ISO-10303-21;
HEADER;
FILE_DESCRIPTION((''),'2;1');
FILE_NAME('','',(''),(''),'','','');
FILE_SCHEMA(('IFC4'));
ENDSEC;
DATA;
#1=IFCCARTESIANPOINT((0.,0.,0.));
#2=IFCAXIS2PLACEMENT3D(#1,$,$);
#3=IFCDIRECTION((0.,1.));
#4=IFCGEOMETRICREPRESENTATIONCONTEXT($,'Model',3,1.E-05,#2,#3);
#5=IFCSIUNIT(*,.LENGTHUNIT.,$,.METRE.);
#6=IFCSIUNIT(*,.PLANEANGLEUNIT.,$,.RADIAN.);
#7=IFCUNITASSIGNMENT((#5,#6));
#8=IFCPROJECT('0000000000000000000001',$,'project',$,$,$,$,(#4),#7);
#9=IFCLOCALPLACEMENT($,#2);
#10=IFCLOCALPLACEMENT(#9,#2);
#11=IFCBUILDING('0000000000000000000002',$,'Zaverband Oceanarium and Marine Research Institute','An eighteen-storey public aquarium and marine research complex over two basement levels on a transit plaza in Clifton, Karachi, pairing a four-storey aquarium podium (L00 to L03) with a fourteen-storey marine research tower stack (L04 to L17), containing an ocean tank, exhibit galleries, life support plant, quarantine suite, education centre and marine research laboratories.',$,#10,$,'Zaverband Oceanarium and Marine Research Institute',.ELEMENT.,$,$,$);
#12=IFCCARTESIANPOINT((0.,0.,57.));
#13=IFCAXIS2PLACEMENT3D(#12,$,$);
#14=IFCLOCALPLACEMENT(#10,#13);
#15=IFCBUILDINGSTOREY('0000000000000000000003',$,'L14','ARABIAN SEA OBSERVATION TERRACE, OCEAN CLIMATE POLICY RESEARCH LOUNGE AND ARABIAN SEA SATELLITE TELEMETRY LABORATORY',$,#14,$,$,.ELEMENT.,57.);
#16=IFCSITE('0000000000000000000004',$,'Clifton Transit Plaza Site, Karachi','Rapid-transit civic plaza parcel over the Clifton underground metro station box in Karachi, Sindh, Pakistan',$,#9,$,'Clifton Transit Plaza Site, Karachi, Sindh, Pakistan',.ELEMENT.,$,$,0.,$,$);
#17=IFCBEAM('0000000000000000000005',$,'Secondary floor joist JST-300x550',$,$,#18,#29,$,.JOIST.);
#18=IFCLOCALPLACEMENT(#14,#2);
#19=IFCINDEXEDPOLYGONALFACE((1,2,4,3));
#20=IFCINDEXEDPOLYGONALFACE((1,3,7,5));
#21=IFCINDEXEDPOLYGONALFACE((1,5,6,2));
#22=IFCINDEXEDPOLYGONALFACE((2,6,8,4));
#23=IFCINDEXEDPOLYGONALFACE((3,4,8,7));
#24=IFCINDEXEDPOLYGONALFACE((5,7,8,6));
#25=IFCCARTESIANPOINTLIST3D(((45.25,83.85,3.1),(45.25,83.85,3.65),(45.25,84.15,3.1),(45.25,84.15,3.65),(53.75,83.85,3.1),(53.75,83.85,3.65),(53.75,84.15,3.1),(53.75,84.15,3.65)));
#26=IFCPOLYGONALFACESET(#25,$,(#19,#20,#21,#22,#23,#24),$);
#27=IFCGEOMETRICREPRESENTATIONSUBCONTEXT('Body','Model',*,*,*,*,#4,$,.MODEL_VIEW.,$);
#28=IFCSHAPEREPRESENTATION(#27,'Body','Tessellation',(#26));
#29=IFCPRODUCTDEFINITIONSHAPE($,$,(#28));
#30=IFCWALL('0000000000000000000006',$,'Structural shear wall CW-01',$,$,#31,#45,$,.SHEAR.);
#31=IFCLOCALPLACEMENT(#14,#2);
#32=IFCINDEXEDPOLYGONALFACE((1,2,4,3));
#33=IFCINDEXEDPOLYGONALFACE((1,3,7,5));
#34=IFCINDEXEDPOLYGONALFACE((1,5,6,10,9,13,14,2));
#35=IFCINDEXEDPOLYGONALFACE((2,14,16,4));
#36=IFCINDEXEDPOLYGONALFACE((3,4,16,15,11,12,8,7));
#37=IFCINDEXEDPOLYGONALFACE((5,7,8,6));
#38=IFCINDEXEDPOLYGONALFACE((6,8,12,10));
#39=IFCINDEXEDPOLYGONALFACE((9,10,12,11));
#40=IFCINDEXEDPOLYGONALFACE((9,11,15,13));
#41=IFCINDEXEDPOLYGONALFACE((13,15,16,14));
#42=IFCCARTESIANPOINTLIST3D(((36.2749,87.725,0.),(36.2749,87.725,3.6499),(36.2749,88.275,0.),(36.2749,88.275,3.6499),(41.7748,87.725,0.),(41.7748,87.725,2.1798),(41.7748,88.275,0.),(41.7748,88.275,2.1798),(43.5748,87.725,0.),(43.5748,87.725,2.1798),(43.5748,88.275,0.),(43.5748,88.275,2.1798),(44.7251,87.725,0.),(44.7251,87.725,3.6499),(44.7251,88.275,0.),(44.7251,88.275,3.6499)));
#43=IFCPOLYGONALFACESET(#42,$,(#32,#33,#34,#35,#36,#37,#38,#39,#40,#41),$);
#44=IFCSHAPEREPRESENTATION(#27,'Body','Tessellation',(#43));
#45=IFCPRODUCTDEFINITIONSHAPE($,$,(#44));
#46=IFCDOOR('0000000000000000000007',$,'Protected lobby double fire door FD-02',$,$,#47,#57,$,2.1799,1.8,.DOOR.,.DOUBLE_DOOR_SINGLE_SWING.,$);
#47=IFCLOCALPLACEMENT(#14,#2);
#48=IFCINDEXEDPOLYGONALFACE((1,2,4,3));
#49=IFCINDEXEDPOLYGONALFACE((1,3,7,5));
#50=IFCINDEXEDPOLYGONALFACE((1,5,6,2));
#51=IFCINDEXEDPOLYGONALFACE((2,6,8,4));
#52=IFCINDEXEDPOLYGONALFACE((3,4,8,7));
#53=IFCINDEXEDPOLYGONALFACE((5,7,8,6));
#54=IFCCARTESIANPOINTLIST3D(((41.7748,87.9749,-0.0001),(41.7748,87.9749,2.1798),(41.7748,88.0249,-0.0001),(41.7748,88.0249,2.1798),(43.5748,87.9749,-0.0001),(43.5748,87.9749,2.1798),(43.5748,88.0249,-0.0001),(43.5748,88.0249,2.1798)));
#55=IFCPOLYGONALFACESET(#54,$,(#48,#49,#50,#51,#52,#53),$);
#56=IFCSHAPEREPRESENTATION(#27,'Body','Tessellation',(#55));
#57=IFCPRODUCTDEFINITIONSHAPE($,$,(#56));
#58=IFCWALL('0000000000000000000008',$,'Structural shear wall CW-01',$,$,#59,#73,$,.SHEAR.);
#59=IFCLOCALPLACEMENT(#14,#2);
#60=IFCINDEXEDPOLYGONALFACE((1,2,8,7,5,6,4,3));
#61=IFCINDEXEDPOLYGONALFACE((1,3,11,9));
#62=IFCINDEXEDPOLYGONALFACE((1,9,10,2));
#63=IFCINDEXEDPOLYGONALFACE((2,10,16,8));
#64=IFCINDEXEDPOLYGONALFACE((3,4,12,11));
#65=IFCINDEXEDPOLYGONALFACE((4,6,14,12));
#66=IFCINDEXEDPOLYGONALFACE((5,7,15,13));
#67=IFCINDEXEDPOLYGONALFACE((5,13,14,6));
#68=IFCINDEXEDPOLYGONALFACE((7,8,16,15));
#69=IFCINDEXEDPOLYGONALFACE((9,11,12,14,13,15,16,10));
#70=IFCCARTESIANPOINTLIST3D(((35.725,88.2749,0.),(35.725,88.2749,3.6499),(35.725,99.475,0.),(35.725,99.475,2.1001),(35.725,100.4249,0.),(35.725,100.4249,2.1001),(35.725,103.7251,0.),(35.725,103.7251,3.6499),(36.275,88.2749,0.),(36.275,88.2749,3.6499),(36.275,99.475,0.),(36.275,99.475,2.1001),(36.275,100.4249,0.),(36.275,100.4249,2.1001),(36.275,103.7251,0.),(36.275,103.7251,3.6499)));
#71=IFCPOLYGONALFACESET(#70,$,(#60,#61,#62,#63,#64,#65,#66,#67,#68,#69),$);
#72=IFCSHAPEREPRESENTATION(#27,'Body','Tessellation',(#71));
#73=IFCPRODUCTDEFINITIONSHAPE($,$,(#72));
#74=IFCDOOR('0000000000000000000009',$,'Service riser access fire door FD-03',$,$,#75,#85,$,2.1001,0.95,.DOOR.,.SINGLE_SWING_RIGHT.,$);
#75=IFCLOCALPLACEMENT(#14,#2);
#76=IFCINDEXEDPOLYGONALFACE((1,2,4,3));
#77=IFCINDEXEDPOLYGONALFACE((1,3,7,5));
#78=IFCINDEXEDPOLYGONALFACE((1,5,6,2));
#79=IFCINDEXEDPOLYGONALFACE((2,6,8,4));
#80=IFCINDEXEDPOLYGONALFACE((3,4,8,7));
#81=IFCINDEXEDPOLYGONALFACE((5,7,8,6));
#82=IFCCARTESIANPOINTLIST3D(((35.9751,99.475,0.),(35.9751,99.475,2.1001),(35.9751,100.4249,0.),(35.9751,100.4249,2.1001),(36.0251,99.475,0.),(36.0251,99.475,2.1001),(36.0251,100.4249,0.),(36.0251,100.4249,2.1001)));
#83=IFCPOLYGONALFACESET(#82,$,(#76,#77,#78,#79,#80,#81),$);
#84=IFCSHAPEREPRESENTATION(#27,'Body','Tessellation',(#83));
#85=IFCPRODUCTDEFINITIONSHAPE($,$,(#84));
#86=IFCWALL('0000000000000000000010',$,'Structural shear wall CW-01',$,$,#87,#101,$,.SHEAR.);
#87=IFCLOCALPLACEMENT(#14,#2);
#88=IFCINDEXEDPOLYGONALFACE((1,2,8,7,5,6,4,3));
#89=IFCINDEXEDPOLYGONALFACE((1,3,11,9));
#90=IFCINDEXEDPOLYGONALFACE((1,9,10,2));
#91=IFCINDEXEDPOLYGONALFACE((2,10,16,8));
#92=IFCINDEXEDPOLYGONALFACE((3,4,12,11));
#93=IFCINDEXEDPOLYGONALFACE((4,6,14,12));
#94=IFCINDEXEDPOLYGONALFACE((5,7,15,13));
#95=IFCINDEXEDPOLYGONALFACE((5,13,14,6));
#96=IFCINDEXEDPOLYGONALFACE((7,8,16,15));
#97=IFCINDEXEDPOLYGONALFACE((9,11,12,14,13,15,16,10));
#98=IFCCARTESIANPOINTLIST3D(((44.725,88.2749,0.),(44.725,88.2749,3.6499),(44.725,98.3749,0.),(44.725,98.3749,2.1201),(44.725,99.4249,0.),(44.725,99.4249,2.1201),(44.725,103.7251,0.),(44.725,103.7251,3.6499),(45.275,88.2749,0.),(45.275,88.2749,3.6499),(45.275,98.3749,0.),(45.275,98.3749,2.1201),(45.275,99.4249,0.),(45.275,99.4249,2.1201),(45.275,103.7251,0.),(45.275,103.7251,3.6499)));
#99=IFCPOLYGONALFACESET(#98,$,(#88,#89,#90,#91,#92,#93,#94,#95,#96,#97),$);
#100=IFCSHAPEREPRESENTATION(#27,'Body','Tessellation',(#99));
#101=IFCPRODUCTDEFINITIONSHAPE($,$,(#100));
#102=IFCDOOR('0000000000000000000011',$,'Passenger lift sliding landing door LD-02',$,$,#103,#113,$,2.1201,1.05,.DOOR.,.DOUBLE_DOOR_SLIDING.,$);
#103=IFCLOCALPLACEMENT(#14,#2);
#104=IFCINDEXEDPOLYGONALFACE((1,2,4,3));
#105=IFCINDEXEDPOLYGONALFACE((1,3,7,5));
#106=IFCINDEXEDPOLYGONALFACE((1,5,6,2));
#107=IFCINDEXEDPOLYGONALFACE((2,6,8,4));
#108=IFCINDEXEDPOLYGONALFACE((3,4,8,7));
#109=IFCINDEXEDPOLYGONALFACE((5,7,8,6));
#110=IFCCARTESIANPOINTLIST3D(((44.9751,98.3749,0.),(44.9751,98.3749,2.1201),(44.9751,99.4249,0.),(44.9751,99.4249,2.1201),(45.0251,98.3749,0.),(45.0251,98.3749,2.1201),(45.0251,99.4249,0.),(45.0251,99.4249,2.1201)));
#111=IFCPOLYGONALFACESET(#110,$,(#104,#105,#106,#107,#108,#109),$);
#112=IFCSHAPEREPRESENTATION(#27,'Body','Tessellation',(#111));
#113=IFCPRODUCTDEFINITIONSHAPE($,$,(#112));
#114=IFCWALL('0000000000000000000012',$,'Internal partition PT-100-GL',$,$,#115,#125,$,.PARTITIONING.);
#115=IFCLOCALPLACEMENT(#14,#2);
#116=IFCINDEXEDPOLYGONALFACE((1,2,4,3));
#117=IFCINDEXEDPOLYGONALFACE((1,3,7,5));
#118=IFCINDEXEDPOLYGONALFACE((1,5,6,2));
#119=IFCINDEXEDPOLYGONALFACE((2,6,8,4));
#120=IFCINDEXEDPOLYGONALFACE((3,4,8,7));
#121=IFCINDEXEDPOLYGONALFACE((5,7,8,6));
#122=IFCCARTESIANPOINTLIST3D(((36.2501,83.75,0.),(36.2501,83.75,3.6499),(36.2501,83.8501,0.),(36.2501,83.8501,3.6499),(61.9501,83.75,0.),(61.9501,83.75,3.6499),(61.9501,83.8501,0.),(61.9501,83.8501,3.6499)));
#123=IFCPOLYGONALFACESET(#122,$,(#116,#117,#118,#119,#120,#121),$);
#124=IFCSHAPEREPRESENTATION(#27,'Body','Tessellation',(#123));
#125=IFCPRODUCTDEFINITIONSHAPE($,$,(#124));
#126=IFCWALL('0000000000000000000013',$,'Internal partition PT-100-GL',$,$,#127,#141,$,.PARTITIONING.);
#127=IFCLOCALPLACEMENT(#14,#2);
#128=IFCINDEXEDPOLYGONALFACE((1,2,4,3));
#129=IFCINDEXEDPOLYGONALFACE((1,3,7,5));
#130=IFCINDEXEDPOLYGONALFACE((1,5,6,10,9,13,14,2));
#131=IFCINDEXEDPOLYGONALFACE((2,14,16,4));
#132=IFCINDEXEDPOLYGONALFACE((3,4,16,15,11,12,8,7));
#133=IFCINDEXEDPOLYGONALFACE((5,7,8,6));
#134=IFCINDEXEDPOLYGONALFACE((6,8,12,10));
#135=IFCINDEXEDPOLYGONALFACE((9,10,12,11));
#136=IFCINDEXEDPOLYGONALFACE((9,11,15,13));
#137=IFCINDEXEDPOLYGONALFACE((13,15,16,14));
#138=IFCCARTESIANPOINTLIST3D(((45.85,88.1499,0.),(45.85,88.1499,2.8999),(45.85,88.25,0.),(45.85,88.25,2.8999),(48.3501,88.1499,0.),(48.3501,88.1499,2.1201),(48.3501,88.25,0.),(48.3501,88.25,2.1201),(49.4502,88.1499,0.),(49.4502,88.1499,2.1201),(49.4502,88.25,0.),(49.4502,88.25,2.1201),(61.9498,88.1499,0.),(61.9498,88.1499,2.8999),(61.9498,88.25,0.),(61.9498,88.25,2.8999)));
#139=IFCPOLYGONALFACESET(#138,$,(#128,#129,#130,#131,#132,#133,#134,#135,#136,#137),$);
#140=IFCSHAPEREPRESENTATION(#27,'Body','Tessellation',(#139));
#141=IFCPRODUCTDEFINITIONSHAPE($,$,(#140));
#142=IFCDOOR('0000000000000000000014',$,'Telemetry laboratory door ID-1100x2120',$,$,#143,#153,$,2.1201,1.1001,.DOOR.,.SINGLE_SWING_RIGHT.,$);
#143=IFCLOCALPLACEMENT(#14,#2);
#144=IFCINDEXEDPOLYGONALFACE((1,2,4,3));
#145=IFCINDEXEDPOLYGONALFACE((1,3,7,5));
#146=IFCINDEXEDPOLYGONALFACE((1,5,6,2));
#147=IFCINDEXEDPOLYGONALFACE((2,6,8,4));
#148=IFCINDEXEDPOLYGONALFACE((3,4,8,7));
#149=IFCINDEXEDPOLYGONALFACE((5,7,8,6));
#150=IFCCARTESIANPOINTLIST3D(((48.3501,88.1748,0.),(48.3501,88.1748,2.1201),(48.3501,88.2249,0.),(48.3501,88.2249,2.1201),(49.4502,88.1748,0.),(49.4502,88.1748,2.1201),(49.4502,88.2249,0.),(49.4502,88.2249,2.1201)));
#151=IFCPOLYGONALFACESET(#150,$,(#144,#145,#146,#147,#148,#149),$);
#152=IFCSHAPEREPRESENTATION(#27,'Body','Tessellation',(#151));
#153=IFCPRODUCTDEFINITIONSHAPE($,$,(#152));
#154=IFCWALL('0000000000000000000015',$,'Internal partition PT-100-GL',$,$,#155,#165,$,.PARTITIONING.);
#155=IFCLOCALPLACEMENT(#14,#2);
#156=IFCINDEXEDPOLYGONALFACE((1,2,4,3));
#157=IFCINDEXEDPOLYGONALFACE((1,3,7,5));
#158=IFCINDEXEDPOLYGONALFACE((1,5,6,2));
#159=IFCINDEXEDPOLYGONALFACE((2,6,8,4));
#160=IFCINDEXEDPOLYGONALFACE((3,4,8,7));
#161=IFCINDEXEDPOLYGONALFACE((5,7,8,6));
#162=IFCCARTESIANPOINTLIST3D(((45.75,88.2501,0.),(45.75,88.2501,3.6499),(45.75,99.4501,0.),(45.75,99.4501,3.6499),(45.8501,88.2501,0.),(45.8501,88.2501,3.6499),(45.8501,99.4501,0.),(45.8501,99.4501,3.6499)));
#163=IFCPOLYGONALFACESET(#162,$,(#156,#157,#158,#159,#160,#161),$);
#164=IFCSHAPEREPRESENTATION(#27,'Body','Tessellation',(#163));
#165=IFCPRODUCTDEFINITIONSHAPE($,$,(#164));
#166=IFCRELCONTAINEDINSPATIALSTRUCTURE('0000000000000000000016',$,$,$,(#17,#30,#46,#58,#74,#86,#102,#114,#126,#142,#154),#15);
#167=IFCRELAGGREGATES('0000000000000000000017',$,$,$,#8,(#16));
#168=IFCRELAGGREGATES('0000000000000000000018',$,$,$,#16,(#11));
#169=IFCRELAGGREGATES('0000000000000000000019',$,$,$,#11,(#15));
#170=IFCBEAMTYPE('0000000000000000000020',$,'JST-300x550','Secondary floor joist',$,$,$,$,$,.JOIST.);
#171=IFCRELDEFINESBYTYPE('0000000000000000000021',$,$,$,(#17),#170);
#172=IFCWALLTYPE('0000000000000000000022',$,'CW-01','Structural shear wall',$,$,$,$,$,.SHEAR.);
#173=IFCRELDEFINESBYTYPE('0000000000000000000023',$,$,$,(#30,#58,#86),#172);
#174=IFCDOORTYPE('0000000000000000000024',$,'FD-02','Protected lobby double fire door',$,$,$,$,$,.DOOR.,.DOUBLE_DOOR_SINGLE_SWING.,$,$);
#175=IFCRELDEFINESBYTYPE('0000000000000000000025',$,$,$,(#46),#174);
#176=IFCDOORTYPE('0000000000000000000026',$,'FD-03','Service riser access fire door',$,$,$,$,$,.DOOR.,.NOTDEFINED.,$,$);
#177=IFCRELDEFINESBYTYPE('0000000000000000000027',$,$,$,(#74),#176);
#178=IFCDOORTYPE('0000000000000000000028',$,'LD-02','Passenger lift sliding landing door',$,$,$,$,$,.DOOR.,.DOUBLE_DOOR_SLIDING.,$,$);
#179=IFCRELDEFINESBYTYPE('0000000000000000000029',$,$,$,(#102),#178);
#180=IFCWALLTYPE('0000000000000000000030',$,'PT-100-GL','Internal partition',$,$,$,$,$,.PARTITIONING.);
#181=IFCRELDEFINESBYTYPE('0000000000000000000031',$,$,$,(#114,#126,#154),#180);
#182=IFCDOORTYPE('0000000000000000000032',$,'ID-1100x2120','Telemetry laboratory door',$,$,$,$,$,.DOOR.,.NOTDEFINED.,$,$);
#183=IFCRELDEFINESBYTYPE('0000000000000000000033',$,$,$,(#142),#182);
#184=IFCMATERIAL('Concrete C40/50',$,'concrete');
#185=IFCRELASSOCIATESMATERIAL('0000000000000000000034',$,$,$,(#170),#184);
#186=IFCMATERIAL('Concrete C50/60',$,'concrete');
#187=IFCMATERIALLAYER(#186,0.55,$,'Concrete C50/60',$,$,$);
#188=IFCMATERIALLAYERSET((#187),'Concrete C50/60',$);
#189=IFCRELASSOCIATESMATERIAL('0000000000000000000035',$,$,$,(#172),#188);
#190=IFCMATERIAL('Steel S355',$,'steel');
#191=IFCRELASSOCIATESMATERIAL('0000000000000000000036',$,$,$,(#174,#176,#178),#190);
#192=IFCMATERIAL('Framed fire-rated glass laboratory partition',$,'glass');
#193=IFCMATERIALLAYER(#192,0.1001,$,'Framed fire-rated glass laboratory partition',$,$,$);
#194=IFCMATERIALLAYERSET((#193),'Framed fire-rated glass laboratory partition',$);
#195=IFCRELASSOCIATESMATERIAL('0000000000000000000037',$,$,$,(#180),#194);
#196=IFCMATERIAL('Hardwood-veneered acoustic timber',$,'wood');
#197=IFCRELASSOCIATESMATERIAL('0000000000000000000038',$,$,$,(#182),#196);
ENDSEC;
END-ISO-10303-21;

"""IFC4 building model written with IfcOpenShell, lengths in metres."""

from ifc_helpers import new_model, si_unit, direction, frame, frame_2d, origin, origin_2d, place, context, subcontext, project, spatial, rectangle, extrude, material, layer, layer_set, material_profile, profile_set, type_object, element, fill, save


model = new_model("IFC4")

# Units and contexts
model_context = context("Model", 3, precision=1e-05, world=origin(), true_north=direction((0.0, 1.0)))
body_context = subcontext(model_context, "Body", "Model", "MODEL_VIEW")
ifc_project = project(units=[si_unit("LENGTHUNIT", "METRE"), si_unit("PLANEANGLEUNIT", "RADIAN")], contexts=[model_context])

# Site, building, storey
site_placement = place(None, origin())
site = spatial("IfcSite", under=ifc_project, at=site_placement, Name="Clifton Transit Plaza Site, Karachi", Description="Rapid-transit civic plaza parcel over the Clifton underground metro station box in Karachi, Sindh, Pakistan", LongName="Clifton Transit Plaza Site, Karachi, Sindh, Pakistan", CompositionType="ELEMENT", RefElevation=0.0)
building_placement = place(site_placement, origin())
building = spatial("IfcBuilding", under=site, at=building_placement, Name="Zaverband Oceanarium and Marine Research Institute", Description="An eighteen-storey public aquarium and marine research complex over two basement levels on a transit plaza in Clifton, Karachi, pairing a four-storey aquarium podium (L00 to L03) with a fourteen-storey marine research tower stack (L04 to L17), containing an ocean tank, exhibit galleries, life support plant, quarantine suite, education centre and marine research laboratories.", LongName="Zaverband Oceanarium and Marine Research Institute", CompositionType="ELEMENT")
storey_placement = place(building_placement, frame((0.0, 0.0, 57.0)))
storey = spatial("IfcBuildingStorey", under=building, at=storey_placement, Name="L14", Description="ARABIAN SEA OBSERVATION TERRACE, OCEAN CLIMATE POLICY RESEARCH LOUNGE AND ARABIAN SEA SATELLITE TELEMETRY LABORATORY", CompositionType="ELEMENT", Elevation=57.0)

# Shared definitions
ifc_material_1 = material(Name="Concrete C50/60", Category="concrete")

# Shared definitions
ifc_material_2 = material(Name="Concrete C40/50", Category="concrete")

# Shared definitions
ifc_material_3 = material(Name="Steel S355", Category="steel")

# Beam
ifc_material_profile_1 = material_profile(ifc_material_2, rectangle(XDim=0.3, YDim=0.55, at=origin_2d()), Name="RC300x550")
ifc_profile_set_1 = profile_set([ifc_material_profile_1], Name="Concrete C40/50")
beam_type_1 = type_object("IfcBeamType", Name="JST-300x550", Description="Secondary floor joist", PredefinedType="JOIST", material=ifc_profile_set_1)
for number, where, z_axis, x_axis, name in (
    (1, (45.25, 84.0, 3.375), (1.0, 0.0, 0.0), (0.0, 1.0, 0.0), "Secondary floor joist JST-300x550"),
):
    element("IfcBeam", number, at=place(storey_placement, frame(where, z_axis=z_axis, x_axis=x_axis)), inside=storey, type_object=beam_type_1, Name=name, PredefinedType="JOIST", context=body_context, shape_type="SweptSolid", body=[
        extrude(rectangle(XDim=0.3, YDim=0.55, at=origin_2d()), origin(), (0.0, 0.0, 1.0), 8.5),
    ])

# Walls, openings, doors
ifc_layer_1 = layer(ifc_material_1, 0.55, Name="Concrete C50/60")
ifc_layer_set_1 = layer_set([ifc_layer_1], Name="Concrete C50/60")
wall_type_1 = type_object("IfcWallType", Name="CW-01", Description="Structural shear wall", PredefinedType="SHEAR", material=ifc_layer_set_1)
wall_1_placement = place(storey_placement, frame((36.2749, 88.0, 0.0), z_axis=(0.0, 0.0, 1.0), x_axis=(1.0, 0.0, 0.0)))
wall_1 = element("IfcWall", 2, at=wall_1_placement, inside=storey, type_object=wall_type_1, Name="Structural shear wall CW-01", PredefinedType="SHEAR", context=body_context, shape_type="SweptSolid", body=[
    extrude(rectangle(XDim=8.4502, YDim=0.55, at=frame_2d((4.2251, 0.0))), origin(), (0.0, 0.0, 1.0), 3.6499),
])
opening_1_placement = place(wall_1_placement, frame((5.5, 0.0, 0.0)))
opening_1 = element("IfcOpeningElement", 3, at=opening_1_placement, cuts=wall_1, PredefinedType="OPENING", context=body_context, shape_type="SweptSolid", body=[
    extrude(rectangle(XDim=1.8, YDim=2.1799, at=frame_2d((0.8999, 1.0898))), frame((0.0, 0.2871, 0.0), z_axis=(0.0, -1.0, 0.0), x_axis=(1.0, 0.0, 0.0)), (0.0, 0.0, 1.0), 0.574),
])
door_type_1 = type_object("IfcDoorType", Name="FD-02", Description="Protected lobby double fire door", OperationType="DOUBLE_DOOR_SINGLE_SWING", PredefinedType="DOOR", material=ifc_material_3)
door_1_placement = place(opening_1_placement, origin())
door_1 = element("IfcDoor", 4, at=door_1_placement, inside=storey, type_object=door_type_1, Name="Protected lobby double fire door FD-02", OperationType="DOUBLE_DOOR_SINGLE_SWING", OverallHeight=2.1799, OverallWidth=1.8, PredefinedType="DOOR", context=body_context, shape_type="SweptSolid", body=[
    extrude(rectangle(XDim=1.8, YDim=2.1799, at=frame_2d((0.8999, 1.0898))), frame((0.0, 0.0249, 0.0), z_axis=(0.0, -1.0, 0.0), x_axis=(1.0, 0.0, 0.0)), (0.0, 0.0, 1.0), 0.05),
])
fill(opening_1, door_1)
wall_2_placement = place(storey_placement, frame((36.0, 88.2749, 0.0), z_axis=(0.0, 0.0, 1.0), x_axis=(0.0, 1.0, 0.0)))
wall_2 = element("IfcWall", 5, at=wall_2_placement, inside=storey, type_object=wall_type_1, Name="Structural shear wall CW-01", PredefinedType="SHEAR", context=body_context, shape_type="SweptSolid", body=[
    extrude(rectangle(XDim=15.4502, YDim=0.55, at=frame_2d((7.7251, 0.0))), origin(), (0.0, 0.0, 1.0), 3.6499),
])
opening_2_placement = place(wall_2_placement, frame((11.2, 0.0, 0.0)))
opening_2 = element("IfcOpeningElement", 6, at=opening_2_placement, cuts=wall_2, PredefinedType="OPENING", context=body_context, shape_type="SweptSolid", body=[
    extrude(rectangle(XDim=0.95, YDim=2.1001, at=frame_2d((0.4751, 1.05))), frame((0.0, 0.2871, 0.0), z_axis=(0.0, -1.0, 0.0), x_axis=(1.0, 0.0, 0.0)), (0.0, 0.0, 1.0), 0.574),
])
door_type_2 = type_object("IfcDoorType", Name="FD-03", Description="Service riser access fire door", OperationType="NOTDEFINED", PredefinedType="DOOR", material=ifc_material_3)
door_2_placement = place(opening_2_placement, origin())
door_2 = element("IfcDoor", 7, at=door_2_placement, inside=storey, type_object=door_type_2, Name="Service riser access fire door FD-03", OperationType="SINGLE_SWING_RIGHT", OverallHeight=2.1001, OverallWidth=0.95, PredefinedType="DOOR", context=body_context, shape_type="SweptSolid", body=[
    extrude(rectangle(XDim=0.95, YDim=2.1001, at=frame_2d((0.4751, 1.05))), frame((0.0, 0.0249, 0.0), z_axis=(0.0, -1.0, 0.0), x_axis=(1.0, 0.0, 0.0)), (0.0, 0.0, 1.0), 0.05),
])
fill(opening_2, door_2)
wall_3_placement = place(storey_placement, frame((45.0, 88.2749, 0.0), z_axis=(0.0, 0.0, 1.0), x_axis=(0.0, 1.0, 0.0)))
wall_3 = element("IfcWall", 8, at=wall_3_placement, inside=storey, type_object=wall_type_1, Name="Structural shear wall CW-01", PredefinedType="SHEAR", context=body_context, shape_type="SweptSolid", body=[
    extrude(rectangle(XDim=15.4502, YDim=0.55, at=frame_2d((7.7251, 0.0))), origin(), (0.0, 0.0, 1.0), 3.6499),
])
opening_3_placement = place(wall_3_placement, frame((10.1001, 0.0, 0.0)))
opening_3 = element("IfcOpeningElement", 9, at=opening_3_placement, cuts=wall_3, PredefinedType="OPENING", context=body_context, shape_type="SweptSolid", body=[
    extrude(rectangle(XDim=1.05, YDim=2.1201, at=frame_2d((0.5249, 1.0601))), frame((0.0, 0.2871, 0.0), z_axis=(0.0, -1.0, 0.0), x_axis=(1.0, 0.0, 0.0)), (0.0, 0.0, 1.0), 0.574),
])
door_type_3 = type_object("IfcDoorType", Name="LD-02", Description="Passenger lift sliding landing door", OperationType="DOUBLE_DOOR_SLIDING", PredefinedType="DOOR", material=ifc_material_3)
door_3_placement = place(opening_3_placement, origin())
door_3 = element("IfcDoor", 10, at=door_3_placement, inside=storey, type_object=door_type_3, Name="Passenger lift sliding landing door LD-02", OperationType="DOUBLE_DOOR_SLIDING", OverallHeight=2.1201, OverallWidth=1.05, PredefinedType="DOOR", context=body_context, shape_type="SweptSolid", body=[
    extrude(rectangle(XDim=1.05, YDim=2.1201, at=frame_2d((0.5249, 1.0601))), frame((0.0, 0.0249, 0.0), z_axis=(0.0, -1.0, 0.0), x_axis=(1.0, 0.0, 0.0)), (0.0, 0.0, 1.0), 0.05),
])
fill(opening_3, door_3)

# Wall
ifc_material_4 = material(Name="Framed fire-rated glass laboratory partition", Category="glass")
ifc_layer_2 = layer(ifc_material_4, 0.1001, Name="Framed fire-rated glass laboratory partition")
ifc_layer_set_2 = layer_set([ifc_layer_2], Name="Framed fire-rated glass laboratory partition")
wall_type_2 = type_object("IfcWallType", Name="PT-100-GL", Description="Internal partition", PredefinedType="PARTITIONING", material=ifc_layer_set_2)
wall_4_placement = place(storey_placement, frame((36.25, 83.8, 0.0), z_axis=(0.0, 0.0, 1.0), x_axis=(1.0, 0.0, 0.0)))
element("IfcWall", 11, at=wall_4_placement, inside=storey, type_object=wall_type_2, Name="Internal partition PT-100-GL", PredefinedType="PARTITIONING", context=body_context, shape_type="SweptSolid", body=[
    extrude(rectangle(XDim=25.7, YDim=0.1001, at=frame_2d((12.8501, 0.0))), origin(), (0.0, 0.0, 1.0), 3.6499),
])

# Wall, opening, door
wall_5_placement = place(storey_placement, frame((45.8501, 88.2, 0.0), z_axis=(0.0, 0.0, 1.0), x_axis=(1.0, 0.0, 0.0)))
wall_5 = element("IfcWall", 12, at=wall_5_placement, inside=storey, type_object=wall_type_2, Name="Internal partition PT-100-GL", PredefinedType="PARTITIONING", context=body_context, shape_type="SweptSolid", body=[
    extrude(rectangle(XDim=16.0999, YDim=0.1001, at=frame_2d((8.0498, 0.0))), origin(), (0.0, 0.0, 1.0), 2.8999),
])
opening_4_placement = place(wall_5_placement, frame((2.5, 0.0, 0.0)))
opening_4 = element("IfcOpeningElement", 13, at=opening_4_placement, cuts=wall_5, PredefinedType="OPENING", context=body_context, shape_type="SweptSolid", body=[
    extrude(rectangle(XDim=1.1001, YDim=2.1201, at=frame_2d((0.55, 1.0601))), frame((0.0, 0.062, 0.0), z_axis=(0.0, -1.0, 0.0), x_axis=(1.0, 0.0, 0.0)), (0.0, 0.0, 1.0), 0.124),
])
ifc_material_5 = material(Name="Hardwood-veneered acoustic timber", Category="wood")
door_type_4 = type_object("IfcDoorType", Name="ID-1100x2120", Description="Telemetry laboratory door", OperationType="NOTDEFINED", PredefinedType="DOOR", material=ifc_material_5)
door_4_placement = place(opening_4_placement, origin())
door_4 = element("IfcDoor", 14, at=door_4_placement, inside=storey, type_object=door_type_4, Name="Telemetry laboratory door ID-1100x2120", OperationType="SINGLE_SWING_RIGHT", OverallHeight=2.1201, OverallWidth=1.1001, PredefinedType="DOOR", context=body_context, shape_type="SweptSolid", body=[
    extrude(rectangle(XDim=1.1001, YDim=2.1201, at=frame_2d((0.55, 1.0601))), frame((0.0, 0.0249, 0.0), z_axis=(0.0, -1.0, 0.0), x_axis=(1.0, 0.0, 0.0)), (0.0, 0.0, 1.0), 0.05),
])
fill(opening_4, door_4)

# Wall
wall_6_placement = place(storey_placement, frame((45.8, 88.25, 0.0), z_axis=(0.0, 0.0, 1.0), x_axis=(0.0, 1.0, 0.0)))
element("IfcWall", 15, at=wall_6_placement, inside=storey, type_object=wall_type_2, Name="Internal partition PT-100-GL", PredefinedType="PARTITIONING", context=body_context, shape_type="SweptSolid", body=[
    extrude(rectangle(XDim=11.2, YDim=0.1001, at=frame_2d((5.6001, 0.0))), origin(), (0.0, 0.0, 1.0), 3.6499),
])

save(model, "model.ifc")
